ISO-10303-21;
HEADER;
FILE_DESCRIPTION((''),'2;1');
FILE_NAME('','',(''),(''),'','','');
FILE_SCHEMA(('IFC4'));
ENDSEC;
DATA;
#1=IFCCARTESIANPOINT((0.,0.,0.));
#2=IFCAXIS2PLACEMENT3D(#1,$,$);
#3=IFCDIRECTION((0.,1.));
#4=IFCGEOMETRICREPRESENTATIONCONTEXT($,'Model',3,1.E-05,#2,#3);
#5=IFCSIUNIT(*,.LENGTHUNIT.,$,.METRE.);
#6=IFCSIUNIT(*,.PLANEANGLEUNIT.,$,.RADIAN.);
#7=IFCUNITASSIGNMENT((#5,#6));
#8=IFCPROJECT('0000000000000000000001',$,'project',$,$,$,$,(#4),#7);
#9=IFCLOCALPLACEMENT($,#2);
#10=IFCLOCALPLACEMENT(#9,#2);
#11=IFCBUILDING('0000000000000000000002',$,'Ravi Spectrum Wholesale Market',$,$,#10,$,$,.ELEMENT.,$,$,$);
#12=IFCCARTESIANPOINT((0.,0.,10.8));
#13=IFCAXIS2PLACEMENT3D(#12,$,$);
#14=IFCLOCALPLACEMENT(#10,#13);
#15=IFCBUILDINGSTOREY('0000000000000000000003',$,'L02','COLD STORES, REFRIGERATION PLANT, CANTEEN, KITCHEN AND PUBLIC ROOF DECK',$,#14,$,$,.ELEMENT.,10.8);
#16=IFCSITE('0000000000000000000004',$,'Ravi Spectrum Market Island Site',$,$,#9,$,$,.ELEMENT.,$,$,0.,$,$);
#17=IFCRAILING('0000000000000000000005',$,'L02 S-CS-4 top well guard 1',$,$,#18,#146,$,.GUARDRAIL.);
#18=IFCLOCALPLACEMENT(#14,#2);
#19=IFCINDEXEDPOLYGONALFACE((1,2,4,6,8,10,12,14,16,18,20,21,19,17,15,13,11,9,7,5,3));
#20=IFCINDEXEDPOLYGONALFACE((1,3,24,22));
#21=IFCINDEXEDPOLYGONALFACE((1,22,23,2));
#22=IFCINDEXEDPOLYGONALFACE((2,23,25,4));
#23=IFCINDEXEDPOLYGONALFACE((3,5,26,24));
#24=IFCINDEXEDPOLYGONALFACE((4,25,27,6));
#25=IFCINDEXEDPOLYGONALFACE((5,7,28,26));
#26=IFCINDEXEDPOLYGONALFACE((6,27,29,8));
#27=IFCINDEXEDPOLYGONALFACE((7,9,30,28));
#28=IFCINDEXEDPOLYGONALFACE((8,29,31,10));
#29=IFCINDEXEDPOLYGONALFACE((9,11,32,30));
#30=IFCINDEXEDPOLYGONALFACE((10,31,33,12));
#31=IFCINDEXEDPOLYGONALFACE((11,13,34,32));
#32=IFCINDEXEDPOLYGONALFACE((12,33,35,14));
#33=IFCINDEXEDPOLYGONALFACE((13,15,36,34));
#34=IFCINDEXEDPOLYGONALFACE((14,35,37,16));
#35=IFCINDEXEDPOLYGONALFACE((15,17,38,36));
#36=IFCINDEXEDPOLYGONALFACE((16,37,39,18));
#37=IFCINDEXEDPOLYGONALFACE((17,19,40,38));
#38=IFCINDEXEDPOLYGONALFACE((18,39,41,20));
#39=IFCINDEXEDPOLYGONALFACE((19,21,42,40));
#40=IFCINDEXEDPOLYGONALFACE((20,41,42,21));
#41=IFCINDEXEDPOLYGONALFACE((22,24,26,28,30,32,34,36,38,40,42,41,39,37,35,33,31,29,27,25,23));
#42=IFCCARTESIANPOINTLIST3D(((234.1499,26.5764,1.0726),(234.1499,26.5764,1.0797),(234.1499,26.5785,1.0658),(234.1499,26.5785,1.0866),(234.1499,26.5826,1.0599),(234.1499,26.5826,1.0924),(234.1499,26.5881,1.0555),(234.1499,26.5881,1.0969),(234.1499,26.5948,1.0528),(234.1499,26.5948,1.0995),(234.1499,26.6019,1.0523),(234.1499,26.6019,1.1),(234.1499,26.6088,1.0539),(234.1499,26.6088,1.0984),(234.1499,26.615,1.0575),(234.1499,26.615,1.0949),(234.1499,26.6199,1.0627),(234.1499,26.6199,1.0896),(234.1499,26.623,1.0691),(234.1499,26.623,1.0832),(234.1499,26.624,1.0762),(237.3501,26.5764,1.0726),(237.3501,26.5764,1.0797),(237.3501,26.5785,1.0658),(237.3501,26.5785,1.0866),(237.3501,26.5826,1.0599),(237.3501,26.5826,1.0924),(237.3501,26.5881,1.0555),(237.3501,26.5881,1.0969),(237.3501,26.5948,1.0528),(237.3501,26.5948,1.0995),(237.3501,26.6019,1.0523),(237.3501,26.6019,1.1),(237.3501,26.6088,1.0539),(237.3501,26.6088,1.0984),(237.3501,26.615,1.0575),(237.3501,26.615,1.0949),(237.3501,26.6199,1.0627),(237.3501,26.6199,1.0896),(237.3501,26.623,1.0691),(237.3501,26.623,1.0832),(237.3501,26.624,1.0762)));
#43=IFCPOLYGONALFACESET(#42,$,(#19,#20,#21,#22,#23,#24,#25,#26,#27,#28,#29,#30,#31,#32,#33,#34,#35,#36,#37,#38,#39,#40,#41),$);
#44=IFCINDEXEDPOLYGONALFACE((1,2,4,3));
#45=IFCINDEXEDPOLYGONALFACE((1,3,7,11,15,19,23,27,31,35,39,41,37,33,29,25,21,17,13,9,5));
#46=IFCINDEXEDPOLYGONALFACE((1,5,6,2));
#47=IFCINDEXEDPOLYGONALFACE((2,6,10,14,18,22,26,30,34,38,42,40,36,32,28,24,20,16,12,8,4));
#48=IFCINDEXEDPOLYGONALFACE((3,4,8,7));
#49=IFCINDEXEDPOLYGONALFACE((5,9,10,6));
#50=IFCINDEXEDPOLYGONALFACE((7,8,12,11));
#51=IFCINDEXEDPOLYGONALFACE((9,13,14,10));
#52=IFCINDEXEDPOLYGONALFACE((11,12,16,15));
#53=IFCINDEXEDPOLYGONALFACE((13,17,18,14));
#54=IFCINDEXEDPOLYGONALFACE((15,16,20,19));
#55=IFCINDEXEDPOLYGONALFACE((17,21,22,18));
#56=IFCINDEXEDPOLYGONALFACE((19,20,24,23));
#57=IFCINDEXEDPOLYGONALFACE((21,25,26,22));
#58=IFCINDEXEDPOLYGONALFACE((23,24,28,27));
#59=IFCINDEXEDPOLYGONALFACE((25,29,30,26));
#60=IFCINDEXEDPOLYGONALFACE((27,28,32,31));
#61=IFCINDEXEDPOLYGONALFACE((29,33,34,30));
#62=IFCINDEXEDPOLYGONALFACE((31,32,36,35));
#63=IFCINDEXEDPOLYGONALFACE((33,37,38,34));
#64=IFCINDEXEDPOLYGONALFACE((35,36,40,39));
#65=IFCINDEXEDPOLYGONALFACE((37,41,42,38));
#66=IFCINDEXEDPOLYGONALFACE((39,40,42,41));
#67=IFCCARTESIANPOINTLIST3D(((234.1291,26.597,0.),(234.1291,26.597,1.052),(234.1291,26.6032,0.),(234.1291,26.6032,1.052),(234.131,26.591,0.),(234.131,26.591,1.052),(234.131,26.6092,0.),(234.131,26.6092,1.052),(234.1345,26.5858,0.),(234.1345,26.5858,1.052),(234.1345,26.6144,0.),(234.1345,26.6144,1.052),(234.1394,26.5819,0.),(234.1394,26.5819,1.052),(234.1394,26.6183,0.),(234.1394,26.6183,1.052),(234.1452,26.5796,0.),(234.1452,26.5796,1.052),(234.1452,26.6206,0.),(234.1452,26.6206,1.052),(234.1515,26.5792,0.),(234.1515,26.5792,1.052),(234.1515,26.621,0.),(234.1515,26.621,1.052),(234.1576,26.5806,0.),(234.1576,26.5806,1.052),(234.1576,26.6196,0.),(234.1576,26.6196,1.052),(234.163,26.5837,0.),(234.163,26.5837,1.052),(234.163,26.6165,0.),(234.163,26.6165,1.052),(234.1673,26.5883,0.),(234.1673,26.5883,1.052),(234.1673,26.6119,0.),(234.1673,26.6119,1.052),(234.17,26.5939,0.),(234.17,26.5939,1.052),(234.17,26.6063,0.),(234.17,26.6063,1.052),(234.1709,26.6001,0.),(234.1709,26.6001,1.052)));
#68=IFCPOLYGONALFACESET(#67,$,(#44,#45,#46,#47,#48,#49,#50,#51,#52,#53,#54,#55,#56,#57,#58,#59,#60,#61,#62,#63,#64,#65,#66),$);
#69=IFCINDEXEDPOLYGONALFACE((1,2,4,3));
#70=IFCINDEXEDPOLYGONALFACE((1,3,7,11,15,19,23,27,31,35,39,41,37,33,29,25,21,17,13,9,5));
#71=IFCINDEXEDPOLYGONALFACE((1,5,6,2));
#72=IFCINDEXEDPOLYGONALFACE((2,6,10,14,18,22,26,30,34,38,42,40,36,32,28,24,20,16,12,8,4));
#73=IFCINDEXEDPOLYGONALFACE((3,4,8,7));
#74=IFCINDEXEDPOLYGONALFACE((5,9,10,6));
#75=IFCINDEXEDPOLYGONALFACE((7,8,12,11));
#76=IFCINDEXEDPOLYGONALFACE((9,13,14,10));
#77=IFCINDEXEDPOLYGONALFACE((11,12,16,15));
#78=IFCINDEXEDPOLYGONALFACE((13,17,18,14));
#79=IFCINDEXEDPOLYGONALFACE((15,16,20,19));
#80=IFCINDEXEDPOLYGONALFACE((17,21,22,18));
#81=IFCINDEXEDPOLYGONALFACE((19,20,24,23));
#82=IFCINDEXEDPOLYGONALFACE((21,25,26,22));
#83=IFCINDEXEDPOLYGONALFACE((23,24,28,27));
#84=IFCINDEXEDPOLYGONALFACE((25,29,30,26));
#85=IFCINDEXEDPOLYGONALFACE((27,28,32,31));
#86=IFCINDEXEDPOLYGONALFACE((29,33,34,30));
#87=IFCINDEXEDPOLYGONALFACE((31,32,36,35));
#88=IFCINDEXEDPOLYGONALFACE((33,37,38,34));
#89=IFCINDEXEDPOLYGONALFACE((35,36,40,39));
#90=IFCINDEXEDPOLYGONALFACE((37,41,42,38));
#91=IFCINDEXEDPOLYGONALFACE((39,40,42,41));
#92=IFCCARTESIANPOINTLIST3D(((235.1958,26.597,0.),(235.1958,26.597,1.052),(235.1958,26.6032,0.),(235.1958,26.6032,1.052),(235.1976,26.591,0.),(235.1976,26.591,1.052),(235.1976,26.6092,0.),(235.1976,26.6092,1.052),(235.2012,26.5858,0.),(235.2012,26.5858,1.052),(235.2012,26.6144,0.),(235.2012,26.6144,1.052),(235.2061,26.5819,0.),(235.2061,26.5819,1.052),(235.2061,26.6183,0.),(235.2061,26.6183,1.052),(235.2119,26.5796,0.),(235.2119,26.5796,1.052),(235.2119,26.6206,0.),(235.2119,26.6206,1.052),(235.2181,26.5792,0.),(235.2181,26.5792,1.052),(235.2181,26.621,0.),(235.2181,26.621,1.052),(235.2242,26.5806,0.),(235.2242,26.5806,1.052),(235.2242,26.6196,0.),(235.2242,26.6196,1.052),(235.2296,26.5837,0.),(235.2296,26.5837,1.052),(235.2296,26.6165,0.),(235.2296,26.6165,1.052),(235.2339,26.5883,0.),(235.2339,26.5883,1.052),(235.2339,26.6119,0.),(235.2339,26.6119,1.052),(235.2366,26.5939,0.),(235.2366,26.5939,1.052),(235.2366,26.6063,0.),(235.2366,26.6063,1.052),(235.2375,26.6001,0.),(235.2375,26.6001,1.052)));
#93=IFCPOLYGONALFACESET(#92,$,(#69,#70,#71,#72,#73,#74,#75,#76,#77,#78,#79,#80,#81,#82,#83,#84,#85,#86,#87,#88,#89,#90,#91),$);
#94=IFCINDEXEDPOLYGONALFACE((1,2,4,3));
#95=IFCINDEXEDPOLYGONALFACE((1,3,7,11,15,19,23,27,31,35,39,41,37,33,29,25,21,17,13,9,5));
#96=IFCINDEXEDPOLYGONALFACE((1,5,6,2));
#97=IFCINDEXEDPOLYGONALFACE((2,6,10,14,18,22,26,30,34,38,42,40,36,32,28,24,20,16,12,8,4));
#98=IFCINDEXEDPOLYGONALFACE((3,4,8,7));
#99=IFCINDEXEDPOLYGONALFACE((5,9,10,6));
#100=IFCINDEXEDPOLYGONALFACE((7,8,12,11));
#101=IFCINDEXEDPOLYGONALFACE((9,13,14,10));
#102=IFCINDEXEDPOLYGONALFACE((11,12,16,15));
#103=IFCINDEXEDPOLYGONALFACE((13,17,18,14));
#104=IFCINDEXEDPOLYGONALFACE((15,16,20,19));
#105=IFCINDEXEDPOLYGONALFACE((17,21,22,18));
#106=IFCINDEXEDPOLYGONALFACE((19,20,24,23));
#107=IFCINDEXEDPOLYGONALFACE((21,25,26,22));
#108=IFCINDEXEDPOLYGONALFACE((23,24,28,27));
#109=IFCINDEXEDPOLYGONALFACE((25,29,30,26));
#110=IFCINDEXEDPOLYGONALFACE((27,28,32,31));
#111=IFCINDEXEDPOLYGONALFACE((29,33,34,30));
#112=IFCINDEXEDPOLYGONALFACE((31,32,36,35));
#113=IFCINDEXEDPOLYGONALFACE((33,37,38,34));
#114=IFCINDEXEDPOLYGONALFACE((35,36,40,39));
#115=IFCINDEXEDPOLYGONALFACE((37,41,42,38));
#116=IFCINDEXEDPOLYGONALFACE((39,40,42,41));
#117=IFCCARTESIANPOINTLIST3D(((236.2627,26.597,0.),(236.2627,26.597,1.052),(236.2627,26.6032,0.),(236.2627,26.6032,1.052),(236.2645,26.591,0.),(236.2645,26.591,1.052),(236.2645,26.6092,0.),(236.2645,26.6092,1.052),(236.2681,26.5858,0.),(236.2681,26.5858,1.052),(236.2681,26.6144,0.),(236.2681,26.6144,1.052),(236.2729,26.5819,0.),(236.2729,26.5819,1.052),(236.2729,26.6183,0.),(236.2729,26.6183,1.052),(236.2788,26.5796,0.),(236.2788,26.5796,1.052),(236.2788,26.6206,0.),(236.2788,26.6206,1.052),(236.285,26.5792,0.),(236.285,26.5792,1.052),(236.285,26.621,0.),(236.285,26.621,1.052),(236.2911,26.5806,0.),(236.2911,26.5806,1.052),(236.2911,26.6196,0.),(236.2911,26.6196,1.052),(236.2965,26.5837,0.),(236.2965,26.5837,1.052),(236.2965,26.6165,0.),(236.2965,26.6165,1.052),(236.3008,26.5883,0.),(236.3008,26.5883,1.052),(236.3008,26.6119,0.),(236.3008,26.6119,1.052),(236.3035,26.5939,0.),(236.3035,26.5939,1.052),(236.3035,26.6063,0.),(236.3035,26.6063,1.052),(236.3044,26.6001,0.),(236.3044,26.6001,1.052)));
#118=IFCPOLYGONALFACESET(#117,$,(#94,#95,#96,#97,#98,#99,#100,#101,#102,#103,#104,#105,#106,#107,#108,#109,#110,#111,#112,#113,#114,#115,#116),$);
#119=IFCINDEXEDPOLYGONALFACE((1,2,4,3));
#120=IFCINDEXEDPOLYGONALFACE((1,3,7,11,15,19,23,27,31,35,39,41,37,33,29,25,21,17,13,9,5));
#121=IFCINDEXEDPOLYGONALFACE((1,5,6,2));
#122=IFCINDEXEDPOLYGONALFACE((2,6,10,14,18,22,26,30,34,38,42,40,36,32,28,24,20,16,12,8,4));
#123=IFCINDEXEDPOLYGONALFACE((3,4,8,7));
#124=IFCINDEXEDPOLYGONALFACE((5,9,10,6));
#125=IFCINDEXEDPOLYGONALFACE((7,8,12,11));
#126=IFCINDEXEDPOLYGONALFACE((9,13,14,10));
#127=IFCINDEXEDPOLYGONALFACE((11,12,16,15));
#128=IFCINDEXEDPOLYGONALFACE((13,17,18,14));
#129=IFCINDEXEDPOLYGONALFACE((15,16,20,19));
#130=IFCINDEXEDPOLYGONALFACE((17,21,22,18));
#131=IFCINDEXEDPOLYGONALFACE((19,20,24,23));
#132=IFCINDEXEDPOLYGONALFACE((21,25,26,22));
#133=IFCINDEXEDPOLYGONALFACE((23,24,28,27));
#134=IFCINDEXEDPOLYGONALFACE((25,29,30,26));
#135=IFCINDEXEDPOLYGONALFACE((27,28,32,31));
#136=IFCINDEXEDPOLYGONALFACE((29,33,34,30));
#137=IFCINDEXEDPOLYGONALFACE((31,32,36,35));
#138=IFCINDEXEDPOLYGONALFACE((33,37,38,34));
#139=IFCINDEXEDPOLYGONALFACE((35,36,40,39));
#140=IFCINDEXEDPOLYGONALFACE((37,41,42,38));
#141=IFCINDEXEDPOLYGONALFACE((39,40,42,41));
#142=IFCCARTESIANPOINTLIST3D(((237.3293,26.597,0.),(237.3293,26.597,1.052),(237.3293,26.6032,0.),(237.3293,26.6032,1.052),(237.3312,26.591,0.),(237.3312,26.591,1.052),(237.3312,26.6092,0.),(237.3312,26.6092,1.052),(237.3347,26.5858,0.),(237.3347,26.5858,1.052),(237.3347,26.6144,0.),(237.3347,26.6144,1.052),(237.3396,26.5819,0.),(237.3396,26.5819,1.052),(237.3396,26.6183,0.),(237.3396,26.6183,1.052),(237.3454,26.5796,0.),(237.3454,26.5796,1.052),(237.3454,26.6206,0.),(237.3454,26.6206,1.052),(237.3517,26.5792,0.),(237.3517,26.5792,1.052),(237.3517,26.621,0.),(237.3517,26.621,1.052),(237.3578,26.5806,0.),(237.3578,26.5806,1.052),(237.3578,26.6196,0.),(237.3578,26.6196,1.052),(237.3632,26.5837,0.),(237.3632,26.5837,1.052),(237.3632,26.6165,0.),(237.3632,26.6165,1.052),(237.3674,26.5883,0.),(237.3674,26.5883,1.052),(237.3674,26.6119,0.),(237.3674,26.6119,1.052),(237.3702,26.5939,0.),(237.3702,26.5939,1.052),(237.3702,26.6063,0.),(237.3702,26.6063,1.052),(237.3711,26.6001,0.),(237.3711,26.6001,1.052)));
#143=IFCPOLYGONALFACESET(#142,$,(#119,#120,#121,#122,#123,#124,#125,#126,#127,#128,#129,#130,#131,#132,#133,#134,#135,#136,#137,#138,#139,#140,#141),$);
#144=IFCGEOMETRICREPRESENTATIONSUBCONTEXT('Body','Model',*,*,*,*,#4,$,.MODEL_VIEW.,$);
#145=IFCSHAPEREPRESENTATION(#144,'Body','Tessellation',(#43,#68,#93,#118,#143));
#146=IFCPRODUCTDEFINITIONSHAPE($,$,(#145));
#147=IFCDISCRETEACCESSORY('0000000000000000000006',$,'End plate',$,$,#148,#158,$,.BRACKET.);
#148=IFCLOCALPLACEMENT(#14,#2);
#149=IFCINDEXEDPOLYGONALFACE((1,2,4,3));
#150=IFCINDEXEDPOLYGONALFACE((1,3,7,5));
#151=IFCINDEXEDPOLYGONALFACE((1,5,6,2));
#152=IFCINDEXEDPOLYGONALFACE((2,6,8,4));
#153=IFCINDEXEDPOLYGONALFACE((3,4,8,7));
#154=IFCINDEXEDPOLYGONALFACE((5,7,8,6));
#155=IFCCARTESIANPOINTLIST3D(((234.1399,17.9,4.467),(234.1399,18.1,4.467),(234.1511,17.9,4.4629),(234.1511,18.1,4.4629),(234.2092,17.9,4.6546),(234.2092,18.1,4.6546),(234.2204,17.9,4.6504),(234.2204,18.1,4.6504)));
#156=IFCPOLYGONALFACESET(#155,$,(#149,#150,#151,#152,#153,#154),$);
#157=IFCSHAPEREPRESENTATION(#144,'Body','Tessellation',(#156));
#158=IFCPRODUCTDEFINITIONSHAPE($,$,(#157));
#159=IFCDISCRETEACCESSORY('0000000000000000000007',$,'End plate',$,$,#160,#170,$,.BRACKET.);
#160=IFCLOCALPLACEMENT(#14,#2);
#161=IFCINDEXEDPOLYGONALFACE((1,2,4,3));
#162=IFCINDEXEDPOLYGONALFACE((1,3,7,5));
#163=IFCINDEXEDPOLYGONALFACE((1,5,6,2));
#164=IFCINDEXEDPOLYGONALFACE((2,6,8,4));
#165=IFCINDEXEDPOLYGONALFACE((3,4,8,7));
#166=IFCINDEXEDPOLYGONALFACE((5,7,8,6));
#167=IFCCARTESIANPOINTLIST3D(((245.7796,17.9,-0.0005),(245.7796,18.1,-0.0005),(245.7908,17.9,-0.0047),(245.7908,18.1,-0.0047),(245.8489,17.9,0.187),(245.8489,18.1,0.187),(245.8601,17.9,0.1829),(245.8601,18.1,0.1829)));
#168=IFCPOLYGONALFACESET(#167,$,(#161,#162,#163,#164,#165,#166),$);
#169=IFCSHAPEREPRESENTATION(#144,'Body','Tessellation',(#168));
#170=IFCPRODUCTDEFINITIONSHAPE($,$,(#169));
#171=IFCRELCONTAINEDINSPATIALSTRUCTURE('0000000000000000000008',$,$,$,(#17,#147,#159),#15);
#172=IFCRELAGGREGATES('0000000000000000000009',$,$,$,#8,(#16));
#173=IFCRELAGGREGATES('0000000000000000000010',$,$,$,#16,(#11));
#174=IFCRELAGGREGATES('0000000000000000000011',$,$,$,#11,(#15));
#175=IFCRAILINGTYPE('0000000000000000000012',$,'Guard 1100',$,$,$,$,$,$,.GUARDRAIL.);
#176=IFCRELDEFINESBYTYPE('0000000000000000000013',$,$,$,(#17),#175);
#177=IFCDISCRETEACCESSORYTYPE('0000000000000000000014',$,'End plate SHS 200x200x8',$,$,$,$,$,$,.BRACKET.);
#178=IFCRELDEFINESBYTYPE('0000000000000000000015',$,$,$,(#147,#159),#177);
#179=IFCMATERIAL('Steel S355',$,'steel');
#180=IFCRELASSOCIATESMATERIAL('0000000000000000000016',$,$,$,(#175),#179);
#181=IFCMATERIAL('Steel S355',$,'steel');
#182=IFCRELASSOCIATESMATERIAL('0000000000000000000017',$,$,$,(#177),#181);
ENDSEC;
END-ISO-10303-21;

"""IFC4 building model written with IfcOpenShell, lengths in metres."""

from ifc_helpers import new_model, si_unit, direction, frame, origin, origin_2d, place, context, subcontext, project, spatial, rectangle, circle, extrude, material, material_profile, profile_set, type_object, element, save


model = new_model("IFC4")

# Units and contexts
model_context = context("Model", 3, precision=1e-05, world=origin(), true_north=direction((0.0, 1.0)))
body_context = subcontext(model_context, "Body", "Model", "MODEL_VIEW")
ifc_project = project(units=[si_unit("LENGTHUNIT", "METRE"), si_unit("PLANEANGLEUNIT", "RADIAN")], contexts=[model_context])

# Site, building, storey
site_placement = place(None, origin())
site = spatial("IfcSite", under=ifc_project, at=site_placement, Name="Ravi Spectrum Market Island Site", CompositionType="ELEMENT", RefElevation=0.0)
building_placement = place(site_placement, origin())
building = spatial("IfcBuilding", under=site, at=building_placement, Name="Ravi Spectrum Wholesale Market", CompositionType="ELEMENT")
storey_placement = place(building_placement, frame((0.0, 0.0, 10.8)))
storey = spatial("IfcBuildingStorey", under=building, at=storey_placement, Name="L02", Description="COLD STORES, REFRIGERATION PLANT, CANTEEN, KITCHEN AND PUBLIC ROOF DECK", CompositionType="ELEMENT", Elevation=10.8)

# Railing
ifc_material_1 = material(Name="Steel S355", Category="steel")
railing_type = type_object("IfcRailingType", Name="Guard 1100", PredefinedType="GUARDRAIL", material=ifc_material_1)
railing_placement = place(storey_placement, frame((234.1499, 26.6001, 0.0)))
element("IfcRailing", 1, at=railing_placement, inside=storey, type_object=railing_type, Name="L02 S-CS-4 top well guard 1", PredefinedType="GUARDRAIL", context=body_context, shape_type="SweptSolid", body=[
    extrude(circle(Radius=0.0239, at=origin_2d()), frame((0.0, 0.0, 1.0762), z_axis=(1.0, 0.0, 0.0), x_axis=(0.0, 1.0, 0.0)), (0.0, 0.0, 1.0), 3.2002),
    extrude(circle(Radius=0.021, at=origin_2d()), origin(), (0.0, 0.0, 1.0), 1.052),
    extrude(circle(Radius=0.021, at=origin_2d()), frame((1.0667, 0.0, 0.0)), (0.0, 0.0, 1.0), 1.052),
    extrude(circle(Radius=0.021, at=origin_2d()), frame((2.1335, 0.0, 0.0)), (0.0, 0.0, 1.0), 1.052),
    extrude(circle(Radius=0.021, at=origin_2d()), frame((3.2002, 0.0, 0.0)), (0.0, 0.0, 1.0), 1.052),
])

# Discrete accessories
ifc_material_2 = material(Name="Steel S355", Category="steel")
ifc_material_profile_1 = material_profile(ifc_material_2, rectangle(XDim=0.2, YDim=0.2, at=origin_2d()))
ifc_profile_set_1 = profile_set([ifc_material_profile_1], Name="Steel S355")
discrete_accessory_type = type_object("IfcDiscreteAccessoryType", Name="End plate SHS 200x200x8", PredefinedType="BRACKET", material=ifc_profile_set_1)
for number, where, z_axis, x_axis, name in (
    (2, (234.1858, 18.0, 4.5566), (-0.937994, 0.0, 0.34665), (0.0, -1.0, 0.0), "End plate"),
    (3, (245.8142, 18.0, 0.0933), (0.937994, 0.0, -0.34665), (0.0, 1.0, 0.0), "End plate"),
):
    element("IfcDiscreteAccessory", number, at=place(storey_placement, frame(where, z_axis=z_axis, x_axis=x_axis)), inside=storey, type_object=discrete_accessory_type, Name=name, PredefinedType="BRACKET", context=body_context, shape_type="SweptSolid", body=[
        extrude(rectangle(XDim=0.2, YDim=0.2, at=origin_2d()), origin(), (0.0, 0.0, 1.0), 0.012),
    ])

save(model, "model.ifc")
